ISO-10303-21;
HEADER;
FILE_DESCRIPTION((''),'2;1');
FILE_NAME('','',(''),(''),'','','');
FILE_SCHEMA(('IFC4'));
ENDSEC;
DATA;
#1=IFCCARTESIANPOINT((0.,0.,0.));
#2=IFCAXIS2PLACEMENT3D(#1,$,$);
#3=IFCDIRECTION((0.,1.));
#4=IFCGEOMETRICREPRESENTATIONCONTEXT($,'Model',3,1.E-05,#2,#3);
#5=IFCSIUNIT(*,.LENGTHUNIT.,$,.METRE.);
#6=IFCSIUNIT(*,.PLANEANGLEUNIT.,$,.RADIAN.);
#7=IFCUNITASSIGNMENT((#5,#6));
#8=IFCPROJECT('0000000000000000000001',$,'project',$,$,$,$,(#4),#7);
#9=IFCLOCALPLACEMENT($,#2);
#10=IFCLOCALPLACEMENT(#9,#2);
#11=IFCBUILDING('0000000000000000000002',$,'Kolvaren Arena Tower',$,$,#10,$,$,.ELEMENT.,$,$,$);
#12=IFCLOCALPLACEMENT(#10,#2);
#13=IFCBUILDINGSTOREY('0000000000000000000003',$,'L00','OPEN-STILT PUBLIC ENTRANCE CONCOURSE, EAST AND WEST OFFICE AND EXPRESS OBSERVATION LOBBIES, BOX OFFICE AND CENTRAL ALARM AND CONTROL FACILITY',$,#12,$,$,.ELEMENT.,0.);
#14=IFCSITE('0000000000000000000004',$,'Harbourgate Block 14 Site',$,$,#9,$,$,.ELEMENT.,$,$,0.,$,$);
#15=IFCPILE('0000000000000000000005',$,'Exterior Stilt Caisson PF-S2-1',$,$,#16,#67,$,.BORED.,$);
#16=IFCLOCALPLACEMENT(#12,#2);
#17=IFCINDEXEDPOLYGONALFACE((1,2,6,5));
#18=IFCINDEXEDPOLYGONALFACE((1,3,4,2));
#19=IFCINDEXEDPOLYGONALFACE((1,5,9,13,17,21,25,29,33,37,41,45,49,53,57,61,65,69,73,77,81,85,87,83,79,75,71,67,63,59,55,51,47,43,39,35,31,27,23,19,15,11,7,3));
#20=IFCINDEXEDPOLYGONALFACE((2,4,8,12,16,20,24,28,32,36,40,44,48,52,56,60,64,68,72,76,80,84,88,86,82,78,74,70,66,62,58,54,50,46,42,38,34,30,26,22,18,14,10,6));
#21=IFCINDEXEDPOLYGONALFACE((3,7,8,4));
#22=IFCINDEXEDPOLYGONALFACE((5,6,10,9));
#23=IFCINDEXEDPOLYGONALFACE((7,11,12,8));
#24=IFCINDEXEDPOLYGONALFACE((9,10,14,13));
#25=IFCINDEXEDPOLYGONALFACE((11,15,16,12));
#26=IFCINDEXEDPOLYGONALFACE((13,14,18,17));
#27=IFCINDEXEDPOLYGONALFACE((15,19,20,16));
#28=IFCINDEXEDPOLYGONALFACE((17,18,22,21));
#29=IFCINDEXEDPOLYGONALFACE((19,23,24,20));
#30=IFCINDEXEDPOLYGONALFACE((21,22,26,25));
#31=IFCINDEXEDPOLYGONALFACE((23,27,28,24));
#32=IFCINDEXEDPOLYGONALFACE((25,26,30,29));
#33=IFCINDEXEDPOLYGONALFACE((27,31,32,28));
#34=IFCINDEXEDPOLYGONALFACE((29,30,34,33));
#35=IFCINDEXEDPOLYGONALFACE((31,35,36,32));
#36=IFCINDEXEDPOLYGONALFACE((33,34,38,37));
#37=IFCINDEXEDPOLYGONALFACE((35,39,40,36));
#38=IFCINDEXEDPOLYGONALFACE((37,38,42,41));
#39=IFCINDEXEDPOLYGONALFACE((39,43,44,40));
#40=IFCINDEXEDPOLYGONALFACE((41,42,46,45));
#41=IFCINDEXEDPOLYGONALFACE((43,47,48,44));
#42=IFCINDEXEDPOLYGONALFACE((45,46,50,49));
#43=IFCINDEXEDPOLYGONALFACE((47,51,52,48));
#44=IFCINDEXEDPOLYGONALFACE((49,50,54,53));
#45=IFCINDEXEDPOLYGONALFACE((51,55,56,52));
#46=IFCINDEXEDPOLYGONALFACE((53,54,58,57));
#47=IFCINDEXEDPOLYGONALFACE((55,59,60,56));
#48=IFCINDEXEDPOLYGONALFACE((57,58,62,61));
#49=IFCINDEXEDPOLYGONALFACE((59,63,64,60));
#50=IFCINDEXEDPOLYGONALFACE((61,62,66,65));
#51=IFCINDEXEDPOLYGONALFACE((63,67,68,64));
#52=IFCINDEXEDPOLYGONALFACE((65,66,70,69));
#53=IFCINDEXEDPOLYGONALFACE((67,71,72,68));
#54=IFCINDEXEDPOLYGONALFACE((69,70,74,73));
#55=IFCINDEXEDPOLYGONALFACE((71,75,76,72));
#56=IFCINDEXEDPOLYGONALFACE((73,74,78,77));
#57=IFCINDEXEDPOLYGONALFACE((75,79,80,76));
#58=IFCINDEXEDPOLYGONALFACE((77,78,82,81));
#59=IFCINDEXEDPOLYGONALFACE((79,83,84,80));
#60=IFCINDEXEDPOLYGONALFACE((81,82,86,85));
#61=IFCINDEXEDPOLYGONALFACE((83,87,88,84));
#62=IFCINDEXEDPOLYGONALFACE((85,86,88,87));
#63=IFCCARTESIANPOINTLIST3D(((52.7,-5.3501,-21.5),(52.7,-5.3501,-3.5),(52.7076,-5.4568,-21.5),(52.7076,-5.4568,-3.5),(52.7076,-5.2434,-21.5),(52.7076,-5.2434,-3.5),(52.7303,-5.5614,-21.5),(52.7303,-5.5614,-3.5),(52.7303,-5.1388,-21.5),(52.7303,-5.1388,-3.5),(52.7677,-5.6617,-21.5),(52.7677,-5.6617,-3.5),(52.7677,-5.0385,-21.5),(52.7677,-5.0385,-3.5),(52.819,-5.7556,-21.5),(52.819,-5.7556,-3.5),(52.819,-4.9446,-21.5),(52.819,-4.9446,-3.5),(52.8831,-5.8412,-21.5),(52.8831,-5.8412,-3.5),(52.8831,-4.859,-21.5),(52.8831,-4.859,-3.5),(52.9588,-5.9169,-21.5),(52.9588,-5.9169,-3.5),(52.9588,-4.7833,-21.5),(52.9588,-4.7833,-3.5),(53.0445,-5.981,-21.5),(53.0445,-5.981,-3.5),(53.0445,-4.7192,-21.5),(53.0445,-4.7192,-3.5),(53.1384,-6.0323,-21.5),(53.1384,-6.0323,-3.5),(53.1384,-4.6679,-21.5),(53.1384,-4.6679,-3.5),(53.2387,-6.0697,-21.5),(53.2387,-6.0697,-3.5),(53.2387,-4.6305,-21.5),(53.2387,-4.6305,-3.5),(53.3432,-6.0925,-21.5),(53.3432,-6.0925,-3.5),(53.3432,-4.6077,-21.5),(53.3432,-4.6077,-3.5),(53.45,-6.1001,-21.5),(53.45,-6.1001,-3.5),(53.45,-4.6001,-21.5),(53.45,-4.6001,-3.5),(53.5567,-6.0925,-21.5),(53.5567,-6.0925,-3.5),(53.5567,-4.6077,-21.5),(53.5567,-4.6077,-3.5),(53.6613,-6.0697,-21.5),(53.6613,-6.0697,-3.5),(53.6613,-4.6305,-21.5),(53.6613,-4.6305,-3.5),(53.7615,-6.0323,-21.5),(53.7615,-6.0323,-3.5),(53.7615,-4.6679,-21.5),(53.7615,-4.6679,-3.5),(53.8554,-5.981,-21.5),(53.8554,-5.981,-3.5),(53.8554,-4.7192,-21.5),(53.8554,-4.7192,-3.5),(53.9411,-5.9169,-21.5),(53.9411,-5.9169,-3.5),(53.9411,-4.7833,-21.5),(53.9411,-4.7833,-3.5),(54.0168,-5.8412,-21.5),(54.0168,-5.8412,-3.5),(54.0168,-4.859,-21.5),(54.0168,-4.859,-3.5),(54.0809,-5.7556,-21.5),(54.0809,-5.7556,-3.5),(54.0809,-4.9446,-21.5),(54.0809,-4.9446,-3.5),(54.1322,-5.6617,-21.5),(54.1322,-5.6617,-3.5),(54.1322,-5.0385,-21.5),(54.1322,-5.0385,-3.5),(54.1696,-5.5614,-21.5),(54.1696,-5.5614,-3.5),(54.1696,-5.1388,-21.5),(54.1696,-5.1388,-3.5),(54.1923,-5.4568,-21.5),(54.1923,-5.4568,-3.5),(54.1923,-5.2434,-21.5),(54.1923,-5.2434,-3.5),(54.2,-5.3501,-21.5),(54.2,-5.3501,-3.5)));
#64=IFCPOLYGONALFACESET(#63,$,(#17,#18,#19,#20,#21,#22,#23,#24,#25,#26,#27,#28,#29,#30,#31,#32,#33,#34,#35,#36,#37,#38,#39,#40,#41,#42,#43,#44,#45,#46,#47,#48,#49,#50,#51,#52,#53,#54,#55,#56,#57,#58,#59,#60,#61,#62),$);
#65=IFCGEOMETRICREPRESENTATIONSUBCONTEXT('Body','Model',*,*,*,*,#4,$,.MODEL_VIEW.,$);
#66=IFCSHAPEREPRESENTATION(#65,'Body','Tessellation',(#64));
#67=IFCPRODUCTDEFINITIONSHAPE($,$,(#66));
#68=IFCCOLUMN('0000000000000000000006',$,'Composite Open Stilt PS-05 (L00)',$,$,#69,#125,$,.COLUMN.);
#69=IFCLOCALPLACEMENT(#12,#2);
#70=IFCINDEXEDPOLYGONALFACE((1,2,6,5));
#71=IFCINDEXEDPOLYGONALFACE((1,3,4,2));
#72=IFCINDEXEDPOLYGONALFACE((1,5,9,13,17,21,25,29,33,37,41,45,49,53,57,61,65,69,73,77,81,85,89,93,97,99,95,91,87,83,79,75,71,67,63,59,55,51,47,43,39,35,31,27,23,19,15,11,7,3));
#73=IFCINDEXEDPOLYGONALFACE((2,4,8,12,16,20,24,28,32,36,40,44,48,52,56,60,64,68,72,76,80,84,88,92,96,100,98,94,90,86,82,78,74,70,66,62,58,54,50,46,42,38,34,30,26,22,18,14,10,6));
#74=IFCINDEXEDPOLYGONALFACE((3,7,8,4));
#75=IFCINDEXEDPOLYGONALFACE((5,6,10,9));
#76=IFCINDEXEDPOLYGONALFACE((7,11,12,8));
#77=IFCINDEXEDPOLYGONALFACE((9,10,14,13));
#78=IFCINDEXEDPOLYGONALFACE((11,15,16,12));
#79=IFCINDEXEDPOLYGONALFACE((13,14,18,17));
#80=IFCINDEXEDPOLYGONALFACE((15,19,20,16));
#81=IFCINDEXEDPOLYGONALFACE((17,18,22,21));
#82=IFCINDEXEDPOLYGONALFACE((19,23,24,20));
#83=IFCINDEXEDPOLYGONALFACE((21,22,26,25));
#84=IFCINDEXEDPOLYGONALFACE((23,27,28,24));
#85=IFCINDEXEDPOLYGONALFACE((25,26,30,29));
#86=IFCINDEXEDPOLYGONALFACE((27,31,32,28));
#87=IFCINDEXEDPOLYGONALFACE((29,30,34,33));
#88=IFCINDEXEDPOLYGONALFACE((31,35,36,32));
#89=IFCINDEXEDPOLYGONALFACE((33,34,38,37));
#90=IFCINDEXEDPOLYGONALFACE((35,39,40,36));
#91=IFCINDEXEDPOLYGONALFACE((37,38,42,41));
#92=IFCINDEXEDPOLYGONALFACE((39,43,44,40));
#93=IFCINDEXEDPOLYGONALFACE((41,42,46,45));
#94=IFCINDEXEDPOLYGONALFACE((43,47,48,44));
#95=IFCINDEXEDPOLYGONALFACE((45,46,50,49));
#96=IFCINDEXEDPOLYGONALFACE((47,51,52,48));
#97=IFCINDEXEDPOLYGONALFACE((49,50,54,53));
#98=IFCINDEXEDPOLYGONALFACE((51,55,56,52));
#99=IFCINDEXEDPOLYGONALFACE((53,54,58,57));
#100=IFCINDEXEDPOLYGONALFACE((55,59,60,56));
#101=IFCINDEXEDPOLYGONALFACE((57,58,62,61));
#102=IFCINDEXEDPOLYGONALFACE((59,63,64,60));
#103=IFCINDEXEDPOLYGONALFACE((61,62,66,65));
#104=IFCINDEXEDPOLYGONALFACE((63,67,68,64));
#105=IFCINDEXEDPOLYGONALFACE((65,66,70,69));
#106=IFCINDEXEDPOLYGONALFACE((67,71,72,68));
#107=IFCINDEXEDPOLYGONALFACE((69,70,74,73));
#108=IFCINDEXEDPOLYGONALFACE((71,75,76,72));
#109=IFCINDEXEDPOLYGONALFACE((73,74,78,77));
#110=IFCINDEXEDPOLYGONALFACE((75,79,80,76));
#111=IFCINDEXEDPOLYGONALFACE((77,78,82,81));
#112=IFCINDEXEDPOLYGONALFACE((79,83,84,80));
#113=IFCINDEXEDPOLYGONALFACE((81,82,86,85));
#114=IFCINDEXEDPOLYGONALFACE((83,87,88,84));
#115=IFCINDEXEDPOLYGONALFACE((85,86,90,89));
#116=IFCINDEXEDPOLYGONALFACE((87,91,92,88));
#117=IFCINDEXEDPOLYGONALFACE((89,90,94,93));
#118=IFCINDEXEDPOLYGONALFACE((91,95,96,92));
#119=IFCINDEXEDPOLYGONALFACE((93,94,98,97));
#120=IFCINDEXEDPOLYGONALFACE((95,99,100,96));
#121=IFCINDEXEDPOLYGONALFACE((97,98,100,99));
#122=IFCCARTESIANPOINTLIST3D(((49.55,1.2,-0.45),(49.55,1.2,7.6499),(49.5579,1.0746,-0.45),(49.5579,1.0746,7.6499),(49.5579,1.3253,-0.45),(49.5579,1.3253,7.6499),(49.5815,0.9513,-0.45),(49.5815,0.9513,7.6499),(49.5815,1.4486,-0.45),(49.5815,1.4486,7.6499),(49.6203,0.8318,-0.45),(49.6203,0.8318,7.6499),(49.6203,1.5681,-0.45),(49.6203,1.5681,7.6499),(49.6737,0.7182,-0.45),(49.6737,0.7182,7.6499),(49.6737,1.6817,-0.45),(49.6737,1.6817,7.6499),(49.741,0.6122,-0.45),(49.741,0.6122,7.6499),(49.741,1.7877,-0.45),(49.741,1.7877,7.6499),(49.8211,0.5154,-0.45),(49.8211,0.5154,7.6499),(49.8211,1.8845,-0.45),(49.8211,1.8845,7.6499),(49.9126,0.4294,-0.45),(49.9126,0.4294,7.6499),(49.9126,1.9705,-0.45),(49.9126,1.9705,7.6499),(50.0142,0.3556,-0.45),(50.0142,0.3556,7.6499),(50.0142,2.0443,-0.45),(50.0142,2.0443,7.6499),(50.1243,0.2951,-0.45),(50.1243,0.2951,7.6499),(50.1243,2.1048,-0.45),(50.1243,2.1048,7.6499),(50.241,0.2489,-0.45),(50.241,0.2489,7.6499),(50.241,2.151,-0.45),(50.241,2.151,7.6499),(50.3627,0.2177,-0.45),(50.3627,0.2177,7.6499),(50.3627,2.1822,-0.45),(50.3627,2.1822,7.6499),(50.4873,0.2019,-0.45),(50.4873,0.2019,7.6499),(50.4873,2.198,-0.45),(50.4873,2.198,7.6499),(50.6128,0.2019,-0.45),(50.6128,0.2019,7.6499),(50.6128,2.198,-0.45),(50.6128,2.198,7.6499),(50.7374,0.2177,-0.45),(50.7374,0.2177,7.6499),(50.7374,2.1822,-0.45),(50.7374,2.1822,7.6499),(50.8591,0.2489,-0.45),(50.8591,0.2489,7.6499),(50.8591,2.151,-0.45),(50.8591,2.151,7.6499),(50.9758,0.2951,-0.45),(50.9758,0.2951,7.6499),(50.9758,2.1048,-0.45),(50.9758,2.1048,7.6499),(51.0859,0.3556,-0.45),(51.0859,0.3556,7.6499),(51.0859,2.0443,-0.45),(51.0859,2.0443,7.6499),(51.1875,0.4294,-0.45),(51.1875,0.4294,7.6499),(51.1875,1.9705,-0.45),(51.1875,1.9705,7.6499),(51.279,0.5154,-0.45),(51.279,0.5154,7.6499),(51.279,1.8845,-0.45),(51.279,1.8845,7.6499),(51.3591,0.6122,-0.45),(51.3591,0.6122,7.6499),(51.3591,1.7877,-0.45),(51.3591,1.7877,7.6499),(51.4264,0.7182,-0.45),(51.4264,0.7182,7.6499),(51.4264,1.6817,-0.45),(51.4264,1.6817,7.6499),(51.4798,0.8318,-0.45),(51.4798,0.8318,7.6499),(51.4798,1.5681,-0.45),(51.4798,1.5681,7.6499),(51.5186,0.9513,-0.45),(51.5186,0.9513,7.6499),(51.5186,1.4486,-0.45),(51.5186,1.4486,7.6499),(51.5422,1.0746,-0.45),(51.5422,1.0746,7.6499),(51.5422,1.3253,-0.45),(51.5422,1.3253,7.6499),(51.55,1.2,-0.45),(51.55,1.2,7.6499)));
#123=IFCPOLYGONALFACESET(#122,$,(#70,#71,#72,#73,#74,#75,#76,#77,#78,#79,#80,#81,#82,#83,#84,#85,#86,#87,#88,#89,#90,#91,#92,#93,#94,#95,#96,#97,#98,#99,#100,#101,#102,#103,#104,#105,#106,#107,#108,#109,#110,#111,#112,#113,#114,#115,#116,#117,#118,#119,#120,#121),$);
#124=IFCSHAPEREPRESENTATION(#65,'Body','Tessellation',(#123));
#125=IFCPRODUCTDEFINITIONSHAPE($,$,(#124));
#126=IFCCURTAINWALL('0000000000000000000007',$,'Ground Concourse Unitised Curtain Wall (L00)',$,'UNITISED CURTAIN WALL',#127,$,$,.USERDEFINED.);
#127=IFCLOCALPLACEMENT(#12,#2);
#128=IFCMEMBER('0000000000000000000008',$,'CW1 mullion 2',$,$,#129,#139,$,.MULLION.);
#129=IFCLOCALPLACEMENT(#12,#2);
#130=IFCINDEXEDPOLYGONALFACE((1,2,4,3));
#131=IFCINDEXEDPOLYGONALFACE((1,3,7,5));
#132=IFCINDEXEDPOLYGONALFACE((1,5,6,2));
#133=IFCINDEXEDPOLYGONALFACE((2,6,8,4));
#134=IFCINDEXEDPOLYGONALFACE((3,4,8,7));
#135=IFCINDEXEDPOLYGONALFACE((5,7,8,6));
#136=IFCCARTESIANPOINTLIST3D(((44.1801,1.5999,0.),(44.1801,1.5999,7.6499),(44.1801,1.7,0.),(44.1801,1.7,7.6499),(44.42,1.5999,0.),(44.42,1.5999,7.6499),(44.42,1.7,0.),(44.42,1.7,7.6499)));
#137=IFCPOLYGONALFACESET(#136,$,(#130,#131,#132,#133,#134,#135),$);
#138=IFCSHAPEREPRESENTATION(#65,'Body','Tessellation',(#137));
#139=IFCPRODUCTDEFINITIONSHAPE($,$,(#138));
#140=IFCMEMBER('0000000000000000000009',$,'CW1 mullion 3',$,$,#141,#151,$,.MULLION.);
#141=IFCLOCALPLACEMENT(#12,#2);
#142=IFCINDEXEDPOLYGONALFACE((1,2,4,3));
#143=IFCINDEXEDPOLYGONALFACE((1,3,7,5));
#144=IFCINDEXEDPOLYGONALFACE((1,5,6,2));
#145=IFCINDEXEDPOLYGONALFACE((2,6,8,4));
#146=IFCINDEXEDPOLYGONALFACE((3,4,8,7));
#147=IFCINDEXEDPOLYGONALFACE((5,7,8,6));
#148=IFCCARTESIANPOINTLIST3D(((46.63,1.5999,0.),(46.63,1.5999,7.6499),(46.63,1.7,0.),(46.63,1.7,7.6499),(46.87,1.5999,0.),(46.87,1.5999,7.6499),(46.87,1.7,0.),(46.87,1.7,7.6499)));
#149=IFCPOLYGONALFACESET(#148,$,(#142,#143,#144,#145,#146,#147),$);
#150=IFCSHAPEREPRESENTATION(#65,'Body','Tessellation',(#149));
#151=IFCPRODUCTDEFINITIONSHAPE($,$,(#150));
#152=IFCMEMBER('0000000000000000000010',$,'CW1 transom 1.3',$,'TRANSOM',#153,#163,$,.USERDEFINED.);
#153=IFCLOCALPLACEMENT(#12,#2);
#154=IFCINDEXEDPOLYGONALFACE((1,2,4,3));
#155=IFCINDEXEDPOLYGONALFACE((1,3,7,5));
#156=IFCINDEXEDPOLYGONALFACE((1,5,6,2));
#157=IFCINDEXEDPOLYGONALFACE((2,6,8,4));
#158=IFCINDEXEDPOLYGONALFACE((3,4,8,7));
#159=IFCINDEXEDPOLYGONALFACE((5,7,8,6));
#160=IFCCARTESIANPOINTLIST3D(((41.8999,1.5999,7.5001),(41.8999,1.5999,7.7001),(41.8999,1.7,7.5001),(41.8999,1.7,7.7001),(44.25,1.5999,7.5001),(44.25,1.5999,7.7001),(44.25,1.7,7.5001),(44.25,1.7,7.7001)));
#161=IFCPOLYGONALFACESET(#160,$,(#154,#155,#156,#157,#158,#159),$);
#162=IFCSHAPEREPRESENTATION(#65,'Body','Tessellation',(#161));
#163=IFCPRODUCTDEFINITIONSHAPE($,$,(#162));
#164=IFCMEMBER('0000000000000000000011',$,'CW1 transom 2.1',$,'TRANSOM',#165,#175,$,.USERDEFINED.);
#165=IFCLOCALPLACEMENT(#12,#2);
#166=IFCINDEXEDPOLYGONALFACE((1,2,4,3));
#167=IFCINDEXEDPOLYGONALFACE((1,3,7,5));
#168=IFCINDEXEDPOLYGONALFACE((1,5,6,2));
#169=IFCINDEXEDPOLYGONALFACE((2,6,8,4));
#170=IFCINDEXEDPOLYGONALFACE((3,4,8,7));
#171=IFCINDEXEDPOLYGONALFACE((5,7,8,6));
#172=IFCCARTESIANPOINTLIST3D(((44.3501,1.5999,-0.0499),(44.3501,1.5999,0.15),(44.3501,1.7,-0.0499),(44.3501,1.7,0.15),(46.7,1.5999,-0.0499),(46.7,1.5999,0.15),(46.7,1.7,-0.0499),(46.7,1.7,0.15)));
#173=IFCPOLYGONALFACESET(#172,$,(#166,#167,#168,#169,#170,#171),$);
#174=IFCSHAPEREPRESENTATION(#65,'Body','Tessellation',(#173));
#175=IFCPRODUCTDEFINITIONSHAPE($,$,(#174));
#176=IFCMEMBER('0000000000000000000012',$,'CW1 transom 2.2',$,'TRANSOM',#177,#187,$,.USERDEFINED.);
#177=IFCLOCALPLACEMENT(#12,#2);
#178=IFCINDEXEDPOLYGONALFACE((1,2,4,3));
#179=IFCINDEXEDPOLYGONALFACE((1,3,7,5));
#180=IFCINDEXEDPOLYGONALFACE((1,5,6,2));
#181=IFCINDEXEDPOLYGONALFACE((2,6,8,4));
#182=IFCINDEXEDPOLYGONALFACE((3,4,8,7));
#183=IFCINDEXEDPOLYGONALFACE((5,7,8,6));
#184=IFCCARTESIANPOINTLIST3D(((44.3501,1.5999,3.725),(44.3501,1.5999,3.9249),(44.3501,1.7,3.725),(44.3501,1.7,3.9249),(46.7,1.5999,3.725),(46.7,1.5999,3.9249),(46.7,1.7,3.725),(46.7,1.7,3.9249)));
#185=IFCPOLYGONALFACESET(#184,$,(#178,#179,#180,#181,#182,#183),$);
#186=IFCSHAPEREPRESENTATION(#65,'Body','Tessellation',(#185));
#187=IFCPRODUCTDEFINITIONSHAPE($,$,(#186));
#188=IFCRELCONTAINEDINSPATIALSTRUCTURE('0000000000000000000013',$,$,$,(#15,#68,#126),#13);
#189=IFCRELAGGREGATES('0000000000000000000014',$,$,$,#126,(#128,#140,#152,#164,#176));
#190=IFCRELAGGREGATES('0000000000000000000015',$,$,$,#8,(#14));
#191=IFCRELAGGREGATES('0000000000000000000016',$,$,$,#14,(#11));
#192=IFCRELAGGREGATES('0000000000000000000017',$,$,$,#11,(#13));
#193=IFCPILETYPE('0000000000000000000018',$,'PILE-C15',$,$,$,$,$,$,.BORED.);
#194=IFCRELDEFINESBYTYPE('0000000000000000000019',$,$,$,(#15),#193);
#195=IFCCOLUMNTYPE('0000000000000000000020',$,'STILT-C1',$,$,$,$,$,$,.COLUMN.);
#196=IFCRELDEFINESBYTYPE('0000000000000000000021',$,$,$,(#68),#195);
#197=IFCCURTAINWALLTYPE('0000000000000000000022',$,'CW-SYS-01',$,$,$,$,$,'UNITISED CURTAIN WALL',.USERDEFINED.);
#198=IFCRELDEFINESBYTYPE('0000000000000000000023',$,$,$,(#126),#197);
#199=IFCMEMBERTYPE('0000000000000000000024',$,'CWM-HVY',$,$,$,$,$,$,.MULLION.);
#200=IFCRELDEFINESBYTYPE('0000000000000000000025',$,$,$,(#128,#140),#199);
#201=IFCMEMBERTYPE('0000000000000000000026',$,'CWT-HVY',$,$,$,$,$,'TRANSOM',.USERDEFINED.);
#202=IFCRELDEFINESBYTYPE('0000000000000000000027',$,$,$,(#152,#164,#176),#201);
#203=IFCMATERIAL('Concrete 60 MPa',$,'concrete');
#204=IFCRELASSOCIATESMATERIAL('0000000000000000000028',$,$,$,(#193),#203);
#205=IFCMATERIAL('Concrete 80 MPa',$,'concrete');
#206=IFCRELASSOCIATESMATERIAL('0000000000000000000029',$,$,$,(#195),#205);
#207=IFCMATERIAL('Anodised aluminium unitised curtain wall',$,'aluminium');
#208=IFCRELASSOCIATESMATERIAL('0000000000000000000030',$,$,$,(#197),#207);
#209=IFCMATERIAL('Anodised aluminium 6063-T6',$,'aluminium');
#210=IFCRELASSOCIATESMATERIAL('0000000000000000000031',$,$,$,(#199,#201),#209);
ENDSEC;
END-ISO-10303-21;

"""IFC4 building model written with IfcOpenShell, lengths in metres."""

from ifc_helpers import new_model, si_unit, direction, frame, origin, origin_2d, place, context, subcontext, project, spatial, rectangle, circle, extrude, material, material_profile, profile_set, type_object, element, aggregate, save


model = new_model("IFC4")

# Units and contexts
model_context = context("Model", 3, precision=1e-05, world=origin(), true_north=direction((0.0, 1.0)))
body_context = subcontext(model_context, "Body", "Model", "MODEL_VIEW")
ifc_project = project(units=[si_unit("LENGTHUNIT", "METRE"), si_unit("PLANEANGLEUNIT", "RADIAN")], contexts=[model_context])

# Site, building, storey
site_placement = place(None, origin())
site = spatial("IfcSite", under=ifc_project, at=site_placement, Name="Harbourgate Block 14 Site", CompositionType="ELEMENT", RefElevation=0.0)
building_placement = place(site_placement, origin())
building = spatial("IfcBuilding", under=site, at=building_placement, Name="Kolvaren Arena Tower", CompositionType="ELEMENT")
storey_placement = place(building_placement, origin())
storey = spatial("IfcBuildingStorey", under=building, at=storey_placement, Name="L00", Description="OPEN-STILT PUBLIC ENTRANCE CONCOURSE, EAST AND WEST OFFICE AND EXPRESS OBSERVATION LOBBIES, BOX OFFICE AND CENTRAL ALARM AND CONTROL FACILITY", CompositionType="ELEMENT", Elevation=0.0)

# Pile
ifc_material_1 = material(Name="Concrete 60 MPa", Category="concrete")
ifc_material_profile_1 = material_profile(ifc_material_1, circle(Radius=0.75, at=origin_2d()), Name="CAISSON-D1500")
ifc_profile_set_1 = profile_set([ifc_material_profile_1], Name="Concrete 60 MPa")
pile_type = type_object("IfcPileType", Name="PILE-C15", PredefinedType="BORED", material=ifc_profile_set_1)
pile_placement = place(storey_placement, frame((53.45, -5.3501, -3.5), z_axis=(0.0, 0.0, -1.0), x_axis=(1.0, 0.0, 0.0)))
element("IfcPile", 1, at=pile_placement, inside=storey, type_object=pile_type, Name="Exterior Stilt Caisson PF-S2-1", PredefinedType="BORED", context=body_context, shape_type="SweptSolid", body=[
    extrude(circle(Radius=0.75, at=origin_2d()), origin(), (0.0, 0.0, 1.0), 18.0),
])

# Column
ifc_material_2 = material(Name="Concrete 80 MPa", Category="concrete")
ifc_material_profile_2 = material_profile(ifc_material_2, circle(Radius=1.0, at=origin_2d()), Name="RC-CIRC-2000")
ifc_profile_set_2 = profile_set([ifc_material_profile_2], Name="Concrete 80 MPa")
column_type = type_object("IfcColumnType", Name="STILT-C1", PredefinedType="COLUMN", material=ifc_profile_set_2)
column_placement = place(storey_placement, frame((50.55, 1.2, -0.45), z_axis=(0.0, 0.0, 1.0), x_axis=(1.0, 0.0, 0.0)))
element("IfcColumn", 2, at=column_placement, inside=storey, type_object=column_type, Name="Composite Open Stilt PS-05 (L00)", PredefinedType="COLUMN", context=body_context, shape_type="SweptSolid", body=[
    extrude(circle(Radius=1.0, at=origin_2d()), origin(), (0.0, 0.0, 1.0), 8.0999),
])

# Curtain wall, members
ifc_material_3 = material(Name="Anodised aluminium unitised curtain wall", Category="aluminium")
curtain_wall_type = type_object("IfcCurtainWallType", Name="CW-SYS-01", ElementType="UNITISED CURTAIN WALL", PredefinedType="USERDEFINED", material=ifc_material_3)
curtain_wall_placement = place(storey_placement, origin())
curtain_wall = element("IfcCurtainWall", 3, at=curtain_wall_placement, inside=storey, type_object=curtain_wall_type, Name="Ground Concourse Unitised Curtain Wall (L00)", ObjectType="UNITISED CURTAIN WALL", PredefinedType="USERDEFINED")
ifc_material_4 = material(Name="Anodised aluminium 6063-T6", Category="aluminium")
ifc_material_profile_3 = material_profile(ifc_material_4, rectangle(XDim=0.1001, YDim=0.24, at=origin_2d()), Name="ALU-100x240")
ifc_profile_set_3 = profile_set([ifc_material_profile_3], Name="Anodised aluminium 6063-T6")
member_type_1 = type_object("IfcMemberType", Name="CWM-HVY", PredefinedType="MULLION", material=ifc_profile_set_3)
member_1_placement = place(storey_placement, frame((44.3, 1.6499, 0.0), z_axis=(0.0, 0.0, 1.0), x_axis=(0.0, 1.0, 0.0)))
member_1 = element("IfcMember", 4, at=member_1_placement, type_object=member_type_1, Name="CW1 mullion 2", PredefinedType="MULLION", context=body_context, shape_type="SweptSolid", body=[
    extrude(rectangle(XDim=0.1001, YDim=0.24, at=origin_2d()), origin(), (0.0, 0.0, 1.0), 7.6499),
])
member_2_placement = place(storey_placement, frame((46.75, 1.6499, 0.0), z_axis=(0.0, 0.0, 1.0), x_axis=(0.0, 1.0, 0.0)))
member_2 = element("IfcMember", 5, at=member_2_placement, type_object=member_type_1, Name="CW1 mullion 3", PredefinedType="MULLION", context=body_context, shape_type="SweptSolid", body=[
    extrude(rectangle(XDim=0.1001, YDim=0.24, at=origin_2d()), origin(), (0.0, 0.0, 1.0), 7.6499),
])
ifc_material_profile_4 = material_profile(ifc_material_4, rectangle(XDim=0.1001, YDim=0.2, at=origin_2d()), Name="ALU-100x200")
ifc_profile_set_4 = profile_set([ifc_material_profile_4], Name="Anodised aluminium 6063-T6")
member_type_2 = type_object("IfcMemberType", Name="CWT-HVY", ElementType="TRANSOM", PredefinedType="USERDEFINED", material=ifc_profile_set_4)
member_3_placement = place(storey_placement, frame((41.8999, 1.6499, 7.6001), z_axis=(1.0, 0.0, 0.0), x_axis=(0.0, 1.0, 0.0)))
member_3 = element("IfcMember", 6, at=member_3_placement, type_object=member_type_2, Name="CW1 transom 1.3", ObjectType="TRANSOM", PredefinedType="USERDEFINED", context=body_context, shape_type="SweptSolid", body=[
    extrude(rectangle(XDim=0.1001, YDim=0.2, at=origin_2d()), origin(), (0.0, 0.0, 1.0), 2.3501),
])
member_4_placement = place(storey_placement, frame((44.3501, 1.6499, 0.05), z_axis=(1.0, 0.0, 0.0), x_axis=(0.0, 1.0, 0.0)))
member_4 = element("IfcMember", 7, at=member_4_placement, type_object=member_type_2, Name="CW1 transom 2.1", ObjectType="TRANSOM", PredefinedType="USERDEFINED", context=body_context, shape_type="SweptSolid", body=[
    extrude(rectangle(XDim=0.1001, YDim=0.2, at=origin_2d()), origin(), (0.0, 0.0, 1.0), 2.3499),
])
member_5_placement = place(storey_placement, frame((44.3501, 1.6499, 3.825), z_axis=(1.0, 0.0, 0.0), x_axis=(0.0, 1.0, 0.0)))
member_5 = element("IfcMember", 8, at=member_5_placement, type_object=member_type_2, Name="CW1 transom 2.2", ObjectType="TRANSOM", PredefinedType="USERDEFINED", context=body_context, shape_type="SweptSolid", body=[
    extrude(rectangle(XDim=0.1001, YDim=0.2, at=origin_2d()), origin(), (0.0, 0.0, 1.0), 2.3499),
])

aggregate(curtain_wall, [member_1, member_2, member_3, member_4, member_5])

save(model, "model.ifc")
